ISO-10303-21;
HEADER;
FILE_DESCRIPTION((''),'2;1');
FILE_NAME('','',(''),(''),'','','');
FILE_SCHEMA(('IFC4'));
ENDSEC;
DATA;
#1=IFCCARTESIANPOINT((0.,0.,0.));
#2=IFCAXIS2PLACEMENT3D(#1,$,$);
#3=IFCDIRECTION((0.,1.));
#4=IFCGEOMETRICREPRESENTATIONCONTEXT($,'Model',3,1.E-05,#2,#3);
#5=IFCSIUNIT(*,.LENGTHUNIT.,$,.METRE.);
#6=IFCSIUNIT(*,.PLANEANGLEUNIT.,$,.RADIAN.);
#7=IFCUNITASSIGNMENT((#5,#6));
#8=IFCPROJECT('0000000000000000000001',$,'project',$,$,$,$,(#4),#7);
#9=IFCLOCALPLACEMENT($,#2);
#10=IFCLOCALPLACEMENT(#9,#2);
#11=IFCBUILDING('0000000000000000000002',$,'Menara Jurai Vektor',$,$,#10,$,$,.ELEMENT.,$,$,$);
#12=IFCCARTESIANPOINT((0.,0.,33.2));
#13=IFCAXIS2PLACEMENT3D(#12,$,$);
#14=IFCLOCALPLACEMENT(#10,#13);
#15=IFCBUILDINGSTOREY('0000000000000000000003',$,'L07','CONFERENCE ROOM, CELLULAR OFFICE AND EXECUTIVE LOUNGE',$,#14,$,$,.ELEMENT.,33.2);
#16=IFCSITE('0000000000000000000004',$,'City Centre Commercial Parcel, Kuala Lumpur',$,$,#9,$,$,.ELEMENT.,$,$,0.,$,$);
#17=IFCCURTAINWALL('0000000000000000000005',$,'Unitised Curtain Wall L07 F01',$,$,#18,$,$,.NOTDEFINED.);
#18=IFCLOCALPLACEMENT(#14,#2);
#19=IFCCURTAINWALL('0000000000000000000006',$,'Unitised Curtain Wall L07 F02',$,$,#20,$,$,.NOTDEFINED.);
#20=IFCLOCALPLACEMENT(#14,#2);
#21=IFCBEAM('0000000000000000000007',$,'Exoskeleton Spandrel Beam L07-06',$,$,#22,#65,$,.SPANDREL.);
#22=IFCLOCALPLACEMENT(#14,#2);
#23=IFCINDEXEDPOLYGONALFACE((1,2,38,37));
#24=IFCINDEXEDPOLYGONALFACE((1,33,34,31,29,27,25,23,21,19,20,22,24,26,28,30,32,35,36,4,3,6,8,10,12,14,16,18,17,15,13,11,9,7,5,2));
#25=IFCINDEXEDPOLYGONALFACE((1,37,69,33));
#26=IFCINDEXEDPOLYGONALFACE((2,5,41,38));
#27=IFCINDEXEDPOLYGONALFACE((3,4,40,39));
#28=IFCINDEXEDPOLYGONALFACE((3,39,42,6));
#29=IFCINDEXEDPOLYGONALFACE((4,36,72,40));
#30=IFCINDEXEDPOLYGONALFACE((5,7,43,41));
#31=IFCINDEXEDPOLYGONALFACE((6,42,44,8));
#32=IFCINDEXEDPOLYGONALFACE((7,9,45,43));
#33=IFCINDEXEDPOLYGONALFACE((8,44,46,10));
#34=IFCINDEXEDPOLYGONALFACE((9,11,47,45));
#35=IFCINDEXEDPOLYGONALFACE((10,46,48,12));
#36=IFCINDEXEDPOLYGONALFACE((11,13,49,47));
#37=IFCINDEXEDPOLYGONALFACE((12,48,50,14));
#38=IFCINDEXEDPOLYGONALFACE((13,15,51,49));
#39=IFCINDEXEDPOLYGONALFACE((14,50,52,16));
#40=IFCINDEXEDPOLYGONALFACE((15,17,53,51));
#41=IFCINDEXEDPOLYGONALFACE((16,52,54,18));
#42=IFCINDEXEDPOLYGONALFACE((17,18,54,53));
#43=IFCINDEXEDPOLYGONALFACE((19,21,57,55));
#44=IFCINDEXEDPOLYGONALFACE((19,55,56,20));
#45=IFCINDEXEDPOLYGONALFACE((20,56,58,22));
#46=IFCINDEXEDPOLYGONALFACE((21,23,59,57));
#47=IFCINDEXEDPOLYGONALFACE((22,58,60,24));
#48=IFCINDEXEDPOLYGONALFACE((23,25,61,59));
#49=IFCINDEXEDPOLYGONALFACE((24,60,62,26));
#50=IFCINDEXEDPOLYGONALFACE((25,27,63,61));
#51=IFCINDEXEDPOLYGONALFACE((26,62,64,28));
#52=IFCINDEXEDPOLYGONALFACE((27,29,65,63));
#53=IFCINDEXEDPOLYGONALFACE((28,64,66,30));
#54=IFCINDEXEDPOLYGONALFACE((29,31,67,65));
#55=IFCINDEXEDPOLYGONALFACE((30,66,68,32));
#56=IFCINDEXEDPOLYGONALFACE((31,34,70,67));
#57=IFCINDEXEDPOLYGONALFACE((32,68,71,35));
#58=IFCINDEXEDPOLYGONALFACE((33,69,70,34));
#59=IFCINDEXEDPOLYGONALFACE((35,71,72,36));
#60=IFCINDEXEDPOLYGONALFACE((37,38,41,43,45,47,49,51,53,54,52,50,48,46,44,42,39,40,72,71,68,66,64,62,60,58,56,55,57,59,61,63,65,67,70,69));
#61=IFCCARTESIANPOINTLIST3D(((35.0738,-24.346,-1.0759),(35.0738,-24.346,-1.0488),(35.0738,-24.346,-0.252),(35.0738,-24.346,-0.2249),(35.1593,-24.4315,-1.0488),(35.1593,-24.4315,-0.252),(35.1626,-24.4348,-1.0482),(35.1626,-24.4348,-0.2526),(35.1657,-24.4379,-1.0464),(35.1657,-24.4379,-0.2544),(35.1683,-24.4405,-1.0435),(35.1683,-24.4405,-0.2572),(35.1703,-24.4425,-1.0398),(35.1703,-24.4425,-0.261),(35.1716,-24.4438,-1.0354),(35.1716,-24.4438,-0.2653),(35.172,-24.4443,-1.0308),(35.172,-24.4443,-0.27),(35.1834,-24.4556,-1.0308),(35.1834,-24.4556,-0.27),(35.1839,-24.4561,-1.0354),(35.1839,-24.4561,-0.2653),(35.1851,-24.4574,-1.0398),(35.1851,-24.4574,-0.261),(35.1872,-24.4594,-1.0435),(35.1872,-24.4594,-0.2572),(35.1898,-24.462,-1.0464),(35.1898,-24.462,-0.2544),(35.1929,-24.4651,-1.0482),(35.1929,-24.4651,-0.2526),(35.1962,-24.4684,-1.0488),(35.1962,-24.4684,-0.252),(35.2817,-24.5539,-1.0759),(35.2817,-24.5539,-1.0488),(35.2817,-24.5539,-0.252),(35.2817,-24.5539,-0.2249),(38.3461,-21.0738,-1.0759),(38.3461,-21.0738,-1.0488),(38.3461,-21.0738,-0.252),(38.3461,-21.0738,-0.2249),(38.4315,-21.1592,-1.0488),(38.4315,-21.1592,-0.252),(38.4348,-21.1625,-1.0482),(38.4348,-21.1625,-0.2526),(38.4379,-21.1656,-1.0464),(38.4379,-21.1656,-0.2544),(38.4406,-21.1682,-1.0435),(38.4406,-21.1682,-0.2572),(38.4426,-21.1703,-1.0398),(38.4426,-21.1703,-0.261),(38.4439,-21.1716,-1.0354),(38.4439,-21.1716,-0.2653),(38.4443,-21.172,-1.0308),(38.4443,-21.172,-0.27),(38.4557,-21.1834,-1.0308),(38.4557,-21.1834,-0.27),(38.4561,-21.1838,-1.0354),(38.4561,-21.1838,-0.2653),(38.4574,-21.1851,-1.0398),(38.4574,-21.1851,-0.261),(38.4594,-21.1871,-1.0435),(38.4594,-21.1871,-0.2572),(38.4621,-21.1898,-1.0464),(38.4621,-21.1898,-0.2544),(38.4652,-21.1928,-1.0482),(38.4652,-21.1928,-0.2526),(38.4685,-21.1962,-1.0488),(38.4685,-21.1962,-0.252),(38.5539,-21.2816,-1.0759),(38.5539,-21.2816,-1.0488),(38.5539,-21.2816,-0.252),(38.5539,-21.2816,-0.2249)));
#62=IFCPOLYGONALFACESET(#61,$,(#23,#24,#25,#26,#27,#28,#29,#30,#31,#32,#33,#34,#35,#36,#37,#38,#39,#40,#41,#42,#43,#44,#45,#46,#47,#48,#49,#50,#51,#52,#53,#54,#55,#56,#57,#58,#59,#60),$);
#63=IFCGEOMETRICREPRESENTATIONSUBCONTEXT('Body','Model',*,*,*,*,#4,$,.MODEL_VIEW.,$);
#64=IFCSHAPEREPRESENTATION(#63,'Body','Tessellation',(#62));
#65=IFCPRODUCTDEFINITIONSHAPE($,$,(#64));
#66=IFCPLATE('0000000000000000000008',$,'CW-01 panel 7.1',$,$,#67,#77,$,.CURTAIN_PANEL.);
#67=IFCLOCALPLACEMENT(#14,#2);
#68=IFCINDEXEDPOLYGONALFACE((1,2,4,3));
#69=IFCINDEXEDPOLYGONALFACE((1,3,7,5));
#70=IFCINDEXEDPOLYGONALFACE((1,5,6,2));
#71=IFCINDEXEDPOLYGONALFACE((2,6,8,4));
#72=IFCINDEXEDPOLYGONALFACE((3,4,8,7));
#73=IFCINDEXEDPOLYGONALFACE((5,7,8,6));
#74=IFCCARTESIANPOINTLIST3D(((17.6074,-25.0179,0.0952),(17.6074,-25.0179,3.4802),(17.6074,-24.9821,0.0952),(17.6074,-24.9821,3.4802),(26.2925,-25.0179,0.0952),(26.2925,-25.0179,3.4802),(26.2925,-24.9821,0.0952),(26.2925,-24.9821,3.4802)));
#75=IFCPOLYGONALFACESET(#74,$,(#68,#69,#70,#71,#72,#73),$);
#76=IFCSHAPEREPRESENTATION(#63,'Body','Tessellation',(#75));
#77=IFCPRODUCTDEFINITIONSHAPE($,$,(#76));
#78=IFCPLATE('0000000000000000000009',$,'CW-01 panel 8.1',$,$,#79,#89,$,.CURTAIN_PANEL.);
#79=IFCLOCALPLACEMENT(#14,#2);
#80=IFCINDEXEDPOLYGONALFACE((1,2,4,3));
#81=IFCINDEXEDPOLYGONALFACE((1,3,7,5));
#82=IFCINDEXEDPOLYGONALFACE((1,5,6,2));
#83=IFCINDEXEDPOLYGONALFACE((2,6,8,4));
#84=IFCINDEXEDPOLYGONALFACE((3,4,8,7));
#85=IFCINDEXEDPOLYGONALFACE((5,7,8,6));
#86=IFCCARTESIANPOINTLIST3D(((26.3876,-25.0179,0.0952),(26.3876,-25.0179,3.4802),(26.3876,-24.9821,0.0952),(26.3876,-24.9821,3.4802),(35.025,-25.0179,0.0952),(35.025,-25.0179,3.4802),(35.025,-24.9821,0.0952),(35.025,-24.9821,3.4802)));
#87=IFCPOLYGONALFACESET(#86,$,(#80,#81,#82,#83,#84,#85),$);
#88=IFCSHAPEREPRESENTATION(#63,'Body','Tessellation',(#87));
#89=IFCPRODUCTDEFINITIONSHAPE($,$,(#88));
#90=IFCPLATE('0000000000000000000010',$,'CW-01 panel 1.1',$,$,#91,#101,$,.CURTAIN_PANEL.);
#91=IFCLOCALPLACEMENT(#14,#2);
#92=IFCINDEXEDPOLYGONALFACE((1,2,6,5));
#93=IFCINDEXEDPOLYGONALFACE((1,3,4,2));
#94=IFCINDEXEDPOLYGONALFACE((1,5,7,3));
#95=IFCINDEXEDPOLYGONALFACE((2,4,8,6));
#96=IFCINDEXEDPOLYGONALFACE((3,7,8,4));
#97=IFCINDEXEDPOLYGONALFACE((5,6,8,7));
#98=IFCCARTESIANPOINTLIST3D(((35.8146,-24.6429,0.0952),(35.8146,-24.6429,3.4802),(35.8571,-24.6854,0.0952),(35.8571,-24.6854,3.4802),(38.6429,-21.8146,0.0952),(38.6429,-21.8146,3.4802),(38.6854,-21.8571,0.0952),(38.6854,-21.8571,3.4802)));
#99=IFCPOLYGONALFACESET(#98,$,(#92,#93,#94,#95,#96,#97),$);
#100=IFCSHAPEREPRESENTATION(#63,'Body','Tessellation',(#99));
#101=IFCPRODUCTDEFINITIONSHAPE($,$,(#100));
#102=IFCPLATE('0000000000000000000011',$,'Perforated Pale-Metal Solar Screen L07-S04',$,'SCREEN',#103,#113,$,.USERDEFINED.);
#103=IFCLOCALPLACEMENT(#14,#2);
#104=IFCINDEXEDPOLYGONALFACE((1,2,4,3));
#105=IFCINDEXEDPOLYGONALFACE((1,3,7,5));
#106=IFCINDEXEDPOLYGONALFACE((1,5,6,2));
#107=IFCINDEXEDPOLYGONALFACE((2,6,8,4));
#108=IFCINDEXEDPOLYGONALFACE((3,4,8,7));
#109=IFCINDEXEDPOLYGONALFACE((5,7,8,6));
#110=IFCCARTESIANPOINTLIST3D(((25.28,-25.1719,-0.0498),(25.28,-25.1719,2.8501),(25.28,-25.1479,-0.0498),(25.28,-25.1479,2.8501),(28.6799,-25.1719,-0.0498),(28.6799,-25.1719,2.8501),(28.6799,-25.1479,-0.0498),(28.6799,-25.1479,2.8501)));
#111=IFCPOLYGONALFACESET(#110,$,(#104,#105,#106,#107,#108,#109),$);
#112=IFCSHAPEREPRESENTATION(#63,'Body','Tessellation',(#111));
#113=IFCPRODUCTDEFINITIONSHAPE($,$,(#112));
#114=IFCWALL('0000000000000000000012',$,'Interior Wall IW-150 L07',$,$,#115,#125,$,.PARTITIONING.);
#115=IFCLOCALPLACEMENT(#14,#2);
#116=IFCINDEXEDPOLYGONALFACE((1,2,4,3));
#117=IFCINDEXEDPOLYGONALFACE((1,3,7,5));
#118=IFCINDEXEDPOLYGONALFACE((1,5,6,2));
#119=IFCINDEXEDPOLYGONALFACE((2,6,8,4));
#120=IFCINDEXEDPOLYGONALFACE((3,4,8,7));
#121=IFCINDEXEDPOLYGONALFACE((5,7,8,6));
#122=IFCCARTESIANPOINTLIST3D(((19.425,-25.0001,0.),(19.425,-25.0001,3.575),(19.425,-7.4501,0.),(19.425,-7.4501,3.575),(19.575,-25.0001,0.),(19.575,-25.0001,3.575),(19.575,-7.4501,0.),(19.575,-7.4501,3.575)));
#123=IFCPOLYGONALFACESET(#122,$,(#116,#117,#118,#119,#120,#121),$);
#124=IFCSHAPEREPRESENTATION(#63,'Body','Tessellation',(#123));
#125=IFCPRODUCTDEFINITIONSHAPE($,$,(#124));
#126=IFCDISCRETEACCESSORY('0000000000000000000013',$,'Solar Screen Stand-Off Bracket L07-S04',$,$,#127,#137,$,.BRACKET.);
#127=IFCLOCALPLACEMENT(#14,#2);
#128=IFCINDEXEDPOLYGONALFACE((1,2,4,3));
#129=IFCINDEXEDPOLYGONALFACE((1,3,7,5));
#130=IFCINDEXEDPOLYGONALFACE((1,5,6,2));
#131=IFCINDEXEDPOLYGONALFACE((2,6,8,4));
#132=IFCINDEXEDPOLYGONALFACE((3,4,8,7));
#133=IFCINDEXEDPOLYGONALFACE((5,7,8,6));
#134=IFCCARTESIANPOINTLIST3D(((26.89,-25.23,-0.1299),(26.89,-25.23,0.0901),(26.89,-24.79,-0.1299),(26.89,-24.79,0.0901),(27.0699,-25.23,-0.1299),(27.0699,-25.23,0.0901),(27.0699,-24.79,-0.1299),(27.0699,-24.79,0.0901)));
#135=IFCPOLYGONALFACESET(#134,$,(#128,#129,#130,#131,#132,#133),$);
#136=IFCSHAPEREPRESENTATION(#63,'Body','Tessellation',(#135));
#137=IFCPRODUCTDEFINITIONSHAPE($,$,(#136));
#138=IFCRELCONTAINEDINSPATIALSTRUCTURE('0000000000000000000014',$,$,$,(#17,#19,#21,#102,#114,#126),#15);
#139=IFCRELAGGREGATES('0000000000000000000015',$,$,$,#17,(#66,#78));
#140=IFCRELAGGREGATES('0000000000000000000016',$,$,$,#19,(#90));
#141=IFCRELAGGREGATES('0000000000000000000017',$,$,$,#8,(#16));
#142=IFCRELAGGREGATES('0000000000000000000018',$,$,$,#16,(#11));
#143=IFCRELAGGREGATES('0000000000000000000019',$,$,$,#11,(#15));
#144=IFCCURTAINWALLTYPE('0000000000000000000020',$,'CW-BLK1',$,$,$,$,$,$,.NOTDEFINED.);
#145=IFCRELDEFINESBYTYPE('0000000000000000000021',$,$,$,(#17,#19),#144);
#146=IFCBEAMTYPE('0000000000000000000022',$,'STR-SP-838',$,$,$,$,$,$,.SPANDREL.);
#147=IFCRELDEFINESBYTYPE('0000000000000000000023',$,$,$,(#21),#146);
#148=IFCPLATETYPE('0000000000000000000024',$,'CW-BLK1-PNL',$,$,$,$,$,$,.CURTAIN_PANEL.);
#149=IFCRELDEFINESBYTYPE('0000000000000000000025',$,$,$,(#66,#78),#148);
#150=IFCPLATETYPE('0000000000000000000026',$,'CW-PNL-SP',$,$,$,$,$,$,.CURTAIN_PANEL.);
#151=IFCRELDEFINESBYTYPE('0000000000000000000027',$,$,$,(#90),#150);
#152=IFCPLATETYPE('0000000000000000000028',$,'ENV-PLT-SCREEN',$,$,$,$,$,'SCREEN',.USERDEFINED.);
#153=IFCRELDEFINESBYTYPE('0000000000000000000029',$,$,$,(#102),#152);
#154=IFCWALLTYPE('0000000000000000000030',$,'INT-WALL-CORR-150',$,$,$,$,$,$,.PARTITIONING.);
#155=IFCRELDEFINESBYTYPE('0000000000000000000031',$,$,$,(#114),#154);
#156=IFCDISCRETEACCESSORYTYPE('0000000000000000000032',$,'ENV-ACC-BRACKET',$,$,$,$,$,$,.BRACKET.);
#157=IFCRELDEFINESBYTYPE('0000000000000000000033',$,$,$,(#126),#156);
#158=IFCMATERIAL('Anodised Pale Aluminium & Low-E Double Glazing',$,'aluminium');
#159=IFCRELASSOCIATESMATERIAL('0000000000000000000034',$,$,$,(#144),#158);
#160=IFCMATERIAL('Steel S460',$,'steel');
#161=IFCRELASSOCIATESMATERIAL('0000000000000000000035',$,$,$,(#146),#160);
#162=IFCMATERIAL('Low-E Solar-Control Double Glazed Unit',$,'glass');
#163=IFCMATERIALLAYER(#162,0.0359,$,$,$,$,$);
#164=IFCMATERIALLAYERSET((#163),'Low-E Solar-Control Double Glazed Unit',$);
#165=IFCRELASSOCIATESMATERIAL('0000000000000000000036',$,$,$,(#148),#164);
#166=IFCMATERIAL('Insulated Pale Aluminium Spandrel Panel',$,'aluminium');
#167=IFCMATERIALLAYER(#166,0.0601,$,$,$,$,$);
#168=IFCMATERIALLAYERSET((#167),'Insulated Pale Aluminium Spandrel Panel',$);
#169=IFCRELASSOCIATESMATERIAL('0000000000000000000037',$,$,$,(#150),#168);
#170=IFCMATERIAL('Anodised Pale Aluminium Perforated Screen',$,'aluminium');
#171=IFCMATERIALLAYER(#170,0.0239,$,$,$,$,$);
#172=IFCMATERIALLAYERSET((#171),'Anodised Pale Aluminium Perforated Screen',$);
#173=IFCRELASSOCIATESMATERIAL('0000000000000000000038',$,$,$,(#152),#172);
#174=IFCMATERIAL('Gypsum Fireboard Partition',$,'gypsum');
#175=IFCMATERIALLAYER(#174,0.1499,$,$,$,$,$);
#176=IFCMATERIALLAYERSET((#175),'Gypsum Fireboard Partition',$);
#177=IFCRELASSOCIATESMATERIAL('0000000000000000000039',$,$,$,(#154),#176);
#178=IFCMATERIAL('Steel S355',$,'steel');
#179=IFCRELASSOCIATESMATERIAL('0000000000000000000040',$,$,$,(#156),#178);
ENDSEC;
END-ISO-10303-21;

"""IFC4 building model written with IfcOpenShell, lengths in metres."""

from ifc_helpers import new_model, si_unit, direction, frame, frame_2d, origin, origin_2d, place, context, subcontext, project, spatial, rectangle, i_section, extrude, material, layer, layer_set, material_profile, profile_set, type_object, element, aggregate, save


model = new_model("IFC4")

# Units and contexts
model_context = context("Model", 3, precision=1e-05, world=origin(), true_north=direction((0.0, 1.0)))
body_context = subcontext(model_context, "Body", "Model", "MODEL_VIEW")
ifc_project = project(units=[si_unit("LENGTHUNIT", "METRE"), si_unit("PLANEANGLEUNIT", "RADIAN")], contexts=[model_context])

# Site, building, storey
site_placement = place(None, origin())
site = spatial("IfcSite", under=ifc_project, at=site_placement, Name="City Centre Commercial Parcel, Kuala Lumpur", CompositionType="ELEMENT", RefElevation=0.0)
building_placement = place(site_placement, origin())
building = spatial("IfcBuilding", under=site, at=building_placement, Name="Menara Jurai Vektor", CompositionType="ELEMENT")
storey_placement = place(building_placement, frame((0.0, 0.0, 33.2)))
storey = spatial("IfcBuildingStorey", under=building, at=storey_placement, Name="L07", Description="CONFERENCE ROOM, CELLULAR OFFICE AND EXECUTIVE LOUNGE", CompositionType="ELEMENT", Elevation=33.2)

# Shared definitions
ifc_material_1 = material(Name="Steel S460", Category="steel")

# Curtain walls
ifc_material_2 = material(Name="Anodised Pale Aluminium & Low-E Double Glazing", Category="aluminium")
curtain_wall_type = type_object("IfcCurtainWallType", Name="CW-BLK1", PredefinedType="NOTDEFINED", material=ifc_material_2)
curtain_wall_1_placement = place(storey_placement, origin())
curtain_wall_1 = element("IfcCurtainWall", 1, at=curtain_wall_1_placement, inside=storey, type_object=curtain_wall_type, Name="Unitised Curtain Wall L07 F01", PredefinedType="NOTDEFINED")
curtain_wall_2_placement = place(storey_placement, origin())
curtain_wall_2 = element("IfcCurtainWall", 2, at=curtain_wall_2_placement, inside=storey, type_object=curtain_wall_type, Name="Unitised Curtain Wall L07 F02", PredefinedType="NOTDEFINED")

# Shared definitions
ifc_material_3 = material(Name="Steel S355", Category="steel")

# Beam
ifc_material_profile_1 = material_profile(ifc_material_1, i_section(OverallWidth=0.2939, OverallDepth=0.8511, WebThickness=0.0161, FlangeThickness=0.0271, FilletRadius=0.0181, at=origin_2d()), Name="UKB 838x292x226")
ifc_profile_set_1 = profile_set([ifc_material_profile_1], Name="Steel S460")
beam_type_1 = type_object("IfcBeamType", Name="STR-SP-838", PredefinedType="SPANDREL", material=ifc_profile_set_1)
beam_1_placement = place(storey_placement, frame((35.1777, -24.45, -0.6504), z_axis=(0.707107, 0.707107, 0.0), x_axis=(-0.707107, 0.707107, 0.0)))
element("IfcBeam", 3, at=beam_1_placement, inside=storey, type_object=beam_type_1, Name="Exoskeleton Spandrel Beam L07-06", PredefinedType="SPANDREL", context=body_context, shape_type="SweptSolid", body=[
    extrude(i_section(OverallWidth=0.2939, OverallDepth=0.8511, WebThickness=0.0161, FlangeThickness=0.0271, FilletRadius=0.0181, at=origin_2d()), origin(), (0.0, 0.0, 1.0), 4.6277),
])

# Plates
ifc_material_4 = material(Name="Low-E Solar-Control Double Glazed Unit", Category="glass")
ifc_layer_1 = layer(ifc_material_4, 0.0359)
ifc_layer_set_1 = layer_set([ifc_layer_1], Name="Low-E Solar-Control Double Glazed Unit")
plate_type_1 = type_object("IfcPlateType", Name="CW-BLK1-PNL", PredefinedType="CURTAIN_PANEL", material=ifc_layer_set_1)
plate_1_placement = place(storey_placement, frame((21.95, -25.0, 0.0952), z_axis=(0.0, 0.0, 1.0), x_axis=(1.0, 0.0, 0.0)))
plate_1 = element("IfcPlate", 4, at=plate_1_placement, type_object=plate_type_1, Name="CW-01 panel 7.1", PredefinedType="CURTAIN_PANEL", context=body_context, shape_type="SweptSolid", body=[
    extrude(rectangle(XDim=8.6851, YDim=0.0359, at=origin_2d()), origin(), (0.0, 0.0, 1.0), 3.385),
])
plate_2_placement = place(storey_placement, frame((30.7063, -25.0, 0.0952), z_axis=(0.0, 0.0, 1.0), x_axis=(1.0, 0.0, 0.0)))
plate_2 = element("IfcPlate", 5, at=plate_2_placement, type_object=plate_type_1, Name="CW-01 panel 8.1", PredefinedType="CURTAIN_PANEL", context=body_context, shape_type="SweptSolid", body=[
    extrude(rectangle(XDim=8.6375, YDim=0.0359, at=origin_2d()), origin(), (0.0, 0.0, 1.0), 3.385),
])
aggregate(curtain_wall_1, [plate_1, plate_2])
ifc_material_5 = material(Name="Insulated Pale Aluminium Spandrel Panel", Category="aluminium")
ifc_layer_2 = layer(ifc_material_5, 0.0601)
ifc_layer_set_2 = layer_set([ifc_layer_2], Name="Insulated Pale Aluminium Spandrel Panel")
plate_type_2 = type_object("IfcPlateType", Name="CW-PNL-SP", PredefinedType="CURTAIN_PANEL", material=ifc_layer_set_2)
plate_3_placement = place(storey_placement, frame((37.25, -23.25, 0.0952), z_axis=(0.0, 0.0, 1.0), x_axis=(0.707107, 0.707107, 0.0)))
plate_3 = element("IfcPlate", 6, at=plate_3_placement, type_object=plate_type_2, Name="CW-01 panel 1.1", PredefinedType="CURTAIN_PANEL", context=body_context, shape_type="SweptSolid", body=[
    extrude(rectangle(XDim=3.9998, YDim=0.0601, at=origin_2d()), origin(), (0.0, 0.0, 1.0), 3.385),
])
aggregate(curtain_wall_2, [plate_3])
ifc_material_6 = material(Name="Anodised Pale Aluminium Perforated Screen", Category="aluminium")
ifc_layer_3 = layer(ifc_material_6, 0.0239)
ifc_layer_set_3 = layer_set([ifc_layer_3], Name="Anodised Pale Aluminium Perforated Screen")
plate_type_3 = type_object("IfcPlateType", Name="ENV-PLT-SCREEN", ElementType="SCREEN", PredefinedType="USERDEFINED", material=ifc_layer_set_3)
plate_4_placement = place(storey_placement, frame((26.98, -25.1599, -0.0498), z_axis=(0.0, 0.0, 1.0), x_axis=(1.0, 0.0, 0.0)))
element("IfcPlate", 7, at=plate_4_placement, inside=storey, type_object=plate_type_3, Name="Perforated Pale-Metal Solar Screen L07-S04", ObjectType="SCREEN", PredefinedType="USERDEFINED", context=body_context, shape_type="SweptSolid", body=[
    extrude(rectangle(XDim=3.3999, YDim=0.0239, at=origin_2d()), origin(), (0.0, 0.0, 1.0), 2.8999),
])

# Wall
ifc_material_7 = material(Name="Gypsum Fireboard Partition", Category="gypsum")
ifc_layer_4 = layer(ifc_material_7, 0.1499)
ifc_layer_set_4 = layer_set([ifc_layer_4], Name="Gypsum Fireboard Partition")
wall_type = type_object("IfcWallType", Name="INT-WALL-CORR-150", PredefinedType="PARTITIONING", material=ifc_layer_set_4)
wall_placement = place(storey_placement, frame((19.5, -25.0, 0.0), z_axis=(0.0, 0.0, 1.0), x_axis=(0.0, 1.0, 0.0)))
element("IfcWall", 8, at=wall_placement, inside=storey, type_object=wall_type, Name="Interior Wall IW-150 L07", PredefinedType="PARTITIONING", context=body_context, shape_type="SweptSolid", body=[
    extrude(rectangle(XDim=17.55, YDim=0.1499, at=frame_2d((8.7749, 0.0))), origin(), (0.0, 0.0, 1.0), 3.575),
])

# Discrete accessory
discrete_accessory_type = type_object("IfcDiscreteAccessoryType", Name="ENV-ACC-BRACKET", PredefinedType="BRACKET", material=ifc_material_3)
discrete_accessory_placement = place(storey_placement, frame((26.98, -25.01, -0.1299), z_axis=(0.0, 0.0, 1.0), x_axis=(1.0, 0.0, 0.0)))
element("IfcDiscreteAccessory", 9, at=discrete_accessory_placement, inside=storey, type_object=discrete_accessory_type, Name="Solar Screen Stand-Off Bracket L07-S04", PredefinedType="BRACKET", context=body_context, shape_type="SweptSolid", body=[
    extrude(rectangle(XDim=0.1799, YDim=0.4399, at=origin_2d()), origin(), (0.0, 0.0, 1.0), 0.22),
])

save(model, "model.ifc")
